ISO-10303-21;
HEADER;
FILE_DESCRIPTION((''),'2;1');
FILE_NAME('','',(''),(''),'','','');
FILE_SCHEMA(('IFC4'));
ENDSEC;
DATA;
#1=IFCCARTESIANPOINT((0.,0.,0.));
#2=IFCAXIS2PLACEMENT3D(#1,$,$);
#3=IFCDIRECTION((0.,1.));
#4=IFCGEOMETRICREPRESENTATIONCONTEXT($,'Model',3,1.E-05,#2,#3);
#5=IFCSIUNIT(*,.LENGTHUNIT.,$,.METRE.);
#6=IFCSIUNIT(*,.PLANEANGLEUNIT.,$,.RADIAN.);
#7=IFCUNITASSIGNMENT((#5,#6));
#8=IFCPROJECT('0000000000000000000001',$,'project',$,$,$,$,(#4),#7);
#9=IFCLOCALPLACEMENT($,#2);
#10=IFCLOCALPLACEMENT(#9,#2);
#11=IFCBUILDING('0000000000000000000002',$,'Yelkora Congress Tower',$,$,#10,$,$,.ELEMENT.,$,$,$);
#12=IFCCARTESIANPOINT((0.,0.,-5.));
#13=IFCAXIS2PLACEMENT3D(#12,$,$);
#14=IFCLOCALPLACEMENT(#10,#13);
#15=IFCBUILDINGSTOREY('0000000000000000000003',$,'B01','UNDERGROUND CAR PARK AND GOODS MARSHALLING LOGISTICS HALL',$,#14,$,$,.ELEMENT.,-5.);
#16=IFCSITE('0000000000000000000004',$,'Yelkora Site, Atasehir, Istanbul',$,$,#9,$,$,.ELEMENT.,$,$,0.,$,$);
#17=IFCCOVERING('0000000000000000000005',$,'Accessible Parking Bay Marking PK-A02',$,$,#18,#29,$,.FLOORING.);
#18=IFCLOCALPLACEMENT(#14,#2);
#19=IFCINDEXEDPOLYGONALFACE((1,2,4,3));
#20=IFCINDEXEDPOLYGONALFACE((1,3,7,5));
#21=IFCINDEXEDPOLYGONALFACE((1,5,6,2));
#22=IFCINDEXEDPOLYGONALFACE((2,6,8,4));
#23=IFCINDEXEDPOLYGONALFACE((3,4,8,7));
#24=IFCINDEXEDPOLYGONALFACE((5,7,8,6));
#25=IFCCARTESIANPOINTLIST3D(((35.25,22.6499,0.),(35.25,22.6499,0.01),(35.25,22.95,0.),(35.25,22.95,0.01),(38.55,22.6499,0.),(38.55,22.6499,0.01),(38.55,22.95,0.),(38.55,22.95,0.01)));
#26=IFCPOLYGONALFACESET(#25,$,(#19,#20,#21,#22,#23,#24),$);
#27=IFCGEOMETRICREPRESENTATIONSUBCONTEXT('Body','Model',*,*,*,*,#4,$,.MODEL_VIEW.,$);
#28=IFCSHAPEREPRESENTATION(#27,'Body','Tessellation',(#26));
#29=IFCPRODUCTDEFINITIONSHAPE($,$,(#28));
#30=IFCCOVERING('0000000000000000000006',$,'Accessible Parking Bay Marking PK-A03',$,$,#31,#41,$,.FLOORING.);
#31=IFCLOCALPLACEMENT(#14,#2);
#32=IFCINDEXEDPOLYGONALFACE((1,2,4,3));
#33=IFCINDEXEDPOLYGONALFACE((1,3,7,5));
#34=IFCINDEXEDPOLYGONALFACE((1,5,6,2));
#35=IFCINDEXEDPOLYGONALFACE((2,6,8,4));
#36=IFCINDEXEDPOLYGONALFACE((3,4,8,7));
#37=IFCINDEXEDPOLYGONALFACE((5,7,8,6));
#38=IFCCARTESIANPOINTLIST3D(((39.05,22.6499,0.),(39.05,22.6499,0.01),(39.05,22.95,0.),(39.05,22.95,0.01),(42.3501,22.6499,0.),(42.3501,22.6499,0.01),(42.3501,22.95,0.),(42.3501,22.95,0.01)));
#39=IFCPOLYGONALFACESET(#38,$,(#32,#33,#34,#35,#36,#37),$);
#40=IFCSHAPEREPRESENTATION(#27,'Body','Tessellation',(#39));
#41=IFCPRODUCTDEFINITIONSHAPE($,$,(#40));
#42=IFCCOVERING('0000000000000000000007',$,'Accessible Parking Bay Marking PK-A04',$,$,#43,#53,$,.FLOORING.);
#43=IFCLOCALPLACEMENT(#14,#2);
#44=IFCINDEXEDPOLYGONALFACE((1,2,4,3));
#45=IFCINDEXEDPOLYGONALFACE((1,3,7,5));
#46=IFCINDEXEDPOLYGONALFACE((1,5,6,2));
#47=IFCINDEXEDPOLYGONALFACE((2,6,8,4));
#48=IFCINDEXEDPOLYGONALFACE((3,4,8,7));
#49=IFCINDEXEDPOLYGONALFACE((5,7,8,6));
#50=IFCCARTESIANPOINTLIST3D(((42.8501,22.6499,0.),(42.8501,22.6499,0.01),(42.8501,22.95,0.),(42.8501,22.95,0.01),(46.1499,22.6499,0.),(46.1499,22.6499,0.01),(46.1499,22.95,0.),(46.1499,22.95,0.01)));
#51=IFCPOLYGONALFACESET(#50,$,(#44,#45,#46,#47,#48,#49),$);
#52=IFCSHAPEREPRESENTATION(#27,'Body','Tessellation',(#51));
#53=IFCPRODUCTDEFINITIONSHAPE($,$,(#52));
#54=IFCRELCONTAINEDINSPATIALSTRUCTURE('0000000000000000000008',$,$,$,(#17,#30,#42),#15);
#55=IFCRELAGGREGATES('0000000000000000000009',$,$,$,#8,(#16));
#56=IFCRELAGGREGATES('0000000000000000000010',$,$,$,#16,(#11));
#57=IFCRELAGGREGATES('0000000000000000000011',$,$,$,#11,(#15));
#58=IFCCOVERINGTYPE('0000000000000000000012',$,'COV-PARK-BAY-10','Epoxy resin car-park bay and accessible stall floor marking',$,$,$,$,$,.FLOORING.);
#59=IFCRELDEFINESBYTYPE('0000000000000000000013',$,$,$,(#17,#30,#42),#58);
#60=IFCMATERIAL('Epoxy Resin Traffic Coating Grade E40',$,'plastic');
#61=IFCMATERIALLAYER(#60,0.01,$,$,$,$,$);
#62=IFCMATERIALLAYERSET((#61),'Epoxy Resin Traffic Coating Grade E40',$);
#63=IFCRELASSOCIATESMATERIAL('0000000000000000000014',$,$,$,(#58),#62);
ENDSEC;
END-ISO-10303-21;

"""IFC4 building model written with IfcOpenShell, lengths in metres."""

from ifc_helpers import new_model, si_unit, direction, frame, origin, place, context, subcontext, project, spatial, polyline, outline, extrude, material, layer, layer_set, type_object, element, save


model = new_model("IFC4")

# Units and contexts
model_context = context("Model", 3, precision=1e-05, world=origin(), true_north=direction((0.0, 1.0)))
body_context = subcontext(model_context, "Body", "Model", "MODEL_VIEW")
ifc_project = project(units=[si_unit("LENGTHUNIT", "METRE"), si_unit("PLANEANGLEUNIT", "RADIAN")], contexts=[model_context])

# Site, building, storey
site_placement = place(None, origin())
site = spatial("IfcSite", under=ifc_project, at=site_placement, Name="Yelkora Site, Atasehir, Istanbul", CompositionType="ELEMENT", RefElevation=0.0)
building_placement = place(site_placement, origin())
building = spatial("IfcBuilding", under=site, at=building_placement, Name="Yelkora Congress Tower", CompositionType="ELEMENT")
storey_placement = place(building_placement, frame((0.0, 0.0, -5.0)))
storey = spatial("IfcBuildingStorey", under=building, at=storey_placement, Name="B01", Description="UNDERGROUND CAR PARK AND GOODS MARSHALLING LOGISTICS HALL", CompositionType="ELEMENT", Elevation=-5.0)

# Coverings
ifc_material_1 = material(Name="Epoxy Resin Traffic Coating Grade E40", Category="plastic")
ifc_layer_1 = layer(ifc_material_1, 0.01)
ifc_layer_set_1 = layer_set([ifc_layer_1], Name="Epoxy Resin Traffic Coating Grade E40")
covering_type = type_object("IfcCoveringType", Name="COV-PARK-BAY-10", Description="Epoxy resin car-park bay and accessible stall floor marking", PredefinedType="FLOORING", material=ifc_layer_set_1)
covering_1_placement = place(storey_placement, origin())
element("IfcCovering", 1, at=covering_1_placement, inside=storey, type_object=covering_type, Name="Accessible Parking Bay Marking PK-A02", PredefinedType="FLOORING", context=body_context, shape_type="SweptSolid", body=[
    extrude(outline(polyline([(35.25, 22.6499), (38.55, 22.6499), (38.55, 22.95), (35.25, 22.95), (35.25, 22.6499)])), origin(), (0.0, 0.0, 1.0), 0.01),
])
covering_2_placement = place(storey_placement, origin())
element("IfcCovering", 2, at=covering_2_placement, inside=storey, type_object=covering_type, Name="Accessible Parking Bay Marking PK-A03", PredefinedType="FLOORING", context=body_context, shape_type="SweptSolid", body=[
    extrude(outline(polyline([(39.05, 22.6499), (42.3501, 22.6499), (42.3501, 22.95), (39.05, 22.95), (39.05, 22.6499)])), origin(), (0.0, 0.0, 1.0), 0.01),
])
covering_3_placement = place(storey_placement, origin())
element("IfcCovering", 3, at=covering_3_placement, inside=storey, type_object=covering_type, Name="Accessible Parking Bay Marking PK-A04", PredefinedType="FLOORING", context=body_context, shape_type="SweptSolid", body=[
    extrude(outline(polyline([(42.8501, 22.6499), (46.1499, 22.6499), (46.1499, 22.95), (42.8501, 22.95), (42.8501, 22.6499)])), origin(), (0.0, 0.0, 1.0), 0.01),
])

save(model, "model.ifc")
